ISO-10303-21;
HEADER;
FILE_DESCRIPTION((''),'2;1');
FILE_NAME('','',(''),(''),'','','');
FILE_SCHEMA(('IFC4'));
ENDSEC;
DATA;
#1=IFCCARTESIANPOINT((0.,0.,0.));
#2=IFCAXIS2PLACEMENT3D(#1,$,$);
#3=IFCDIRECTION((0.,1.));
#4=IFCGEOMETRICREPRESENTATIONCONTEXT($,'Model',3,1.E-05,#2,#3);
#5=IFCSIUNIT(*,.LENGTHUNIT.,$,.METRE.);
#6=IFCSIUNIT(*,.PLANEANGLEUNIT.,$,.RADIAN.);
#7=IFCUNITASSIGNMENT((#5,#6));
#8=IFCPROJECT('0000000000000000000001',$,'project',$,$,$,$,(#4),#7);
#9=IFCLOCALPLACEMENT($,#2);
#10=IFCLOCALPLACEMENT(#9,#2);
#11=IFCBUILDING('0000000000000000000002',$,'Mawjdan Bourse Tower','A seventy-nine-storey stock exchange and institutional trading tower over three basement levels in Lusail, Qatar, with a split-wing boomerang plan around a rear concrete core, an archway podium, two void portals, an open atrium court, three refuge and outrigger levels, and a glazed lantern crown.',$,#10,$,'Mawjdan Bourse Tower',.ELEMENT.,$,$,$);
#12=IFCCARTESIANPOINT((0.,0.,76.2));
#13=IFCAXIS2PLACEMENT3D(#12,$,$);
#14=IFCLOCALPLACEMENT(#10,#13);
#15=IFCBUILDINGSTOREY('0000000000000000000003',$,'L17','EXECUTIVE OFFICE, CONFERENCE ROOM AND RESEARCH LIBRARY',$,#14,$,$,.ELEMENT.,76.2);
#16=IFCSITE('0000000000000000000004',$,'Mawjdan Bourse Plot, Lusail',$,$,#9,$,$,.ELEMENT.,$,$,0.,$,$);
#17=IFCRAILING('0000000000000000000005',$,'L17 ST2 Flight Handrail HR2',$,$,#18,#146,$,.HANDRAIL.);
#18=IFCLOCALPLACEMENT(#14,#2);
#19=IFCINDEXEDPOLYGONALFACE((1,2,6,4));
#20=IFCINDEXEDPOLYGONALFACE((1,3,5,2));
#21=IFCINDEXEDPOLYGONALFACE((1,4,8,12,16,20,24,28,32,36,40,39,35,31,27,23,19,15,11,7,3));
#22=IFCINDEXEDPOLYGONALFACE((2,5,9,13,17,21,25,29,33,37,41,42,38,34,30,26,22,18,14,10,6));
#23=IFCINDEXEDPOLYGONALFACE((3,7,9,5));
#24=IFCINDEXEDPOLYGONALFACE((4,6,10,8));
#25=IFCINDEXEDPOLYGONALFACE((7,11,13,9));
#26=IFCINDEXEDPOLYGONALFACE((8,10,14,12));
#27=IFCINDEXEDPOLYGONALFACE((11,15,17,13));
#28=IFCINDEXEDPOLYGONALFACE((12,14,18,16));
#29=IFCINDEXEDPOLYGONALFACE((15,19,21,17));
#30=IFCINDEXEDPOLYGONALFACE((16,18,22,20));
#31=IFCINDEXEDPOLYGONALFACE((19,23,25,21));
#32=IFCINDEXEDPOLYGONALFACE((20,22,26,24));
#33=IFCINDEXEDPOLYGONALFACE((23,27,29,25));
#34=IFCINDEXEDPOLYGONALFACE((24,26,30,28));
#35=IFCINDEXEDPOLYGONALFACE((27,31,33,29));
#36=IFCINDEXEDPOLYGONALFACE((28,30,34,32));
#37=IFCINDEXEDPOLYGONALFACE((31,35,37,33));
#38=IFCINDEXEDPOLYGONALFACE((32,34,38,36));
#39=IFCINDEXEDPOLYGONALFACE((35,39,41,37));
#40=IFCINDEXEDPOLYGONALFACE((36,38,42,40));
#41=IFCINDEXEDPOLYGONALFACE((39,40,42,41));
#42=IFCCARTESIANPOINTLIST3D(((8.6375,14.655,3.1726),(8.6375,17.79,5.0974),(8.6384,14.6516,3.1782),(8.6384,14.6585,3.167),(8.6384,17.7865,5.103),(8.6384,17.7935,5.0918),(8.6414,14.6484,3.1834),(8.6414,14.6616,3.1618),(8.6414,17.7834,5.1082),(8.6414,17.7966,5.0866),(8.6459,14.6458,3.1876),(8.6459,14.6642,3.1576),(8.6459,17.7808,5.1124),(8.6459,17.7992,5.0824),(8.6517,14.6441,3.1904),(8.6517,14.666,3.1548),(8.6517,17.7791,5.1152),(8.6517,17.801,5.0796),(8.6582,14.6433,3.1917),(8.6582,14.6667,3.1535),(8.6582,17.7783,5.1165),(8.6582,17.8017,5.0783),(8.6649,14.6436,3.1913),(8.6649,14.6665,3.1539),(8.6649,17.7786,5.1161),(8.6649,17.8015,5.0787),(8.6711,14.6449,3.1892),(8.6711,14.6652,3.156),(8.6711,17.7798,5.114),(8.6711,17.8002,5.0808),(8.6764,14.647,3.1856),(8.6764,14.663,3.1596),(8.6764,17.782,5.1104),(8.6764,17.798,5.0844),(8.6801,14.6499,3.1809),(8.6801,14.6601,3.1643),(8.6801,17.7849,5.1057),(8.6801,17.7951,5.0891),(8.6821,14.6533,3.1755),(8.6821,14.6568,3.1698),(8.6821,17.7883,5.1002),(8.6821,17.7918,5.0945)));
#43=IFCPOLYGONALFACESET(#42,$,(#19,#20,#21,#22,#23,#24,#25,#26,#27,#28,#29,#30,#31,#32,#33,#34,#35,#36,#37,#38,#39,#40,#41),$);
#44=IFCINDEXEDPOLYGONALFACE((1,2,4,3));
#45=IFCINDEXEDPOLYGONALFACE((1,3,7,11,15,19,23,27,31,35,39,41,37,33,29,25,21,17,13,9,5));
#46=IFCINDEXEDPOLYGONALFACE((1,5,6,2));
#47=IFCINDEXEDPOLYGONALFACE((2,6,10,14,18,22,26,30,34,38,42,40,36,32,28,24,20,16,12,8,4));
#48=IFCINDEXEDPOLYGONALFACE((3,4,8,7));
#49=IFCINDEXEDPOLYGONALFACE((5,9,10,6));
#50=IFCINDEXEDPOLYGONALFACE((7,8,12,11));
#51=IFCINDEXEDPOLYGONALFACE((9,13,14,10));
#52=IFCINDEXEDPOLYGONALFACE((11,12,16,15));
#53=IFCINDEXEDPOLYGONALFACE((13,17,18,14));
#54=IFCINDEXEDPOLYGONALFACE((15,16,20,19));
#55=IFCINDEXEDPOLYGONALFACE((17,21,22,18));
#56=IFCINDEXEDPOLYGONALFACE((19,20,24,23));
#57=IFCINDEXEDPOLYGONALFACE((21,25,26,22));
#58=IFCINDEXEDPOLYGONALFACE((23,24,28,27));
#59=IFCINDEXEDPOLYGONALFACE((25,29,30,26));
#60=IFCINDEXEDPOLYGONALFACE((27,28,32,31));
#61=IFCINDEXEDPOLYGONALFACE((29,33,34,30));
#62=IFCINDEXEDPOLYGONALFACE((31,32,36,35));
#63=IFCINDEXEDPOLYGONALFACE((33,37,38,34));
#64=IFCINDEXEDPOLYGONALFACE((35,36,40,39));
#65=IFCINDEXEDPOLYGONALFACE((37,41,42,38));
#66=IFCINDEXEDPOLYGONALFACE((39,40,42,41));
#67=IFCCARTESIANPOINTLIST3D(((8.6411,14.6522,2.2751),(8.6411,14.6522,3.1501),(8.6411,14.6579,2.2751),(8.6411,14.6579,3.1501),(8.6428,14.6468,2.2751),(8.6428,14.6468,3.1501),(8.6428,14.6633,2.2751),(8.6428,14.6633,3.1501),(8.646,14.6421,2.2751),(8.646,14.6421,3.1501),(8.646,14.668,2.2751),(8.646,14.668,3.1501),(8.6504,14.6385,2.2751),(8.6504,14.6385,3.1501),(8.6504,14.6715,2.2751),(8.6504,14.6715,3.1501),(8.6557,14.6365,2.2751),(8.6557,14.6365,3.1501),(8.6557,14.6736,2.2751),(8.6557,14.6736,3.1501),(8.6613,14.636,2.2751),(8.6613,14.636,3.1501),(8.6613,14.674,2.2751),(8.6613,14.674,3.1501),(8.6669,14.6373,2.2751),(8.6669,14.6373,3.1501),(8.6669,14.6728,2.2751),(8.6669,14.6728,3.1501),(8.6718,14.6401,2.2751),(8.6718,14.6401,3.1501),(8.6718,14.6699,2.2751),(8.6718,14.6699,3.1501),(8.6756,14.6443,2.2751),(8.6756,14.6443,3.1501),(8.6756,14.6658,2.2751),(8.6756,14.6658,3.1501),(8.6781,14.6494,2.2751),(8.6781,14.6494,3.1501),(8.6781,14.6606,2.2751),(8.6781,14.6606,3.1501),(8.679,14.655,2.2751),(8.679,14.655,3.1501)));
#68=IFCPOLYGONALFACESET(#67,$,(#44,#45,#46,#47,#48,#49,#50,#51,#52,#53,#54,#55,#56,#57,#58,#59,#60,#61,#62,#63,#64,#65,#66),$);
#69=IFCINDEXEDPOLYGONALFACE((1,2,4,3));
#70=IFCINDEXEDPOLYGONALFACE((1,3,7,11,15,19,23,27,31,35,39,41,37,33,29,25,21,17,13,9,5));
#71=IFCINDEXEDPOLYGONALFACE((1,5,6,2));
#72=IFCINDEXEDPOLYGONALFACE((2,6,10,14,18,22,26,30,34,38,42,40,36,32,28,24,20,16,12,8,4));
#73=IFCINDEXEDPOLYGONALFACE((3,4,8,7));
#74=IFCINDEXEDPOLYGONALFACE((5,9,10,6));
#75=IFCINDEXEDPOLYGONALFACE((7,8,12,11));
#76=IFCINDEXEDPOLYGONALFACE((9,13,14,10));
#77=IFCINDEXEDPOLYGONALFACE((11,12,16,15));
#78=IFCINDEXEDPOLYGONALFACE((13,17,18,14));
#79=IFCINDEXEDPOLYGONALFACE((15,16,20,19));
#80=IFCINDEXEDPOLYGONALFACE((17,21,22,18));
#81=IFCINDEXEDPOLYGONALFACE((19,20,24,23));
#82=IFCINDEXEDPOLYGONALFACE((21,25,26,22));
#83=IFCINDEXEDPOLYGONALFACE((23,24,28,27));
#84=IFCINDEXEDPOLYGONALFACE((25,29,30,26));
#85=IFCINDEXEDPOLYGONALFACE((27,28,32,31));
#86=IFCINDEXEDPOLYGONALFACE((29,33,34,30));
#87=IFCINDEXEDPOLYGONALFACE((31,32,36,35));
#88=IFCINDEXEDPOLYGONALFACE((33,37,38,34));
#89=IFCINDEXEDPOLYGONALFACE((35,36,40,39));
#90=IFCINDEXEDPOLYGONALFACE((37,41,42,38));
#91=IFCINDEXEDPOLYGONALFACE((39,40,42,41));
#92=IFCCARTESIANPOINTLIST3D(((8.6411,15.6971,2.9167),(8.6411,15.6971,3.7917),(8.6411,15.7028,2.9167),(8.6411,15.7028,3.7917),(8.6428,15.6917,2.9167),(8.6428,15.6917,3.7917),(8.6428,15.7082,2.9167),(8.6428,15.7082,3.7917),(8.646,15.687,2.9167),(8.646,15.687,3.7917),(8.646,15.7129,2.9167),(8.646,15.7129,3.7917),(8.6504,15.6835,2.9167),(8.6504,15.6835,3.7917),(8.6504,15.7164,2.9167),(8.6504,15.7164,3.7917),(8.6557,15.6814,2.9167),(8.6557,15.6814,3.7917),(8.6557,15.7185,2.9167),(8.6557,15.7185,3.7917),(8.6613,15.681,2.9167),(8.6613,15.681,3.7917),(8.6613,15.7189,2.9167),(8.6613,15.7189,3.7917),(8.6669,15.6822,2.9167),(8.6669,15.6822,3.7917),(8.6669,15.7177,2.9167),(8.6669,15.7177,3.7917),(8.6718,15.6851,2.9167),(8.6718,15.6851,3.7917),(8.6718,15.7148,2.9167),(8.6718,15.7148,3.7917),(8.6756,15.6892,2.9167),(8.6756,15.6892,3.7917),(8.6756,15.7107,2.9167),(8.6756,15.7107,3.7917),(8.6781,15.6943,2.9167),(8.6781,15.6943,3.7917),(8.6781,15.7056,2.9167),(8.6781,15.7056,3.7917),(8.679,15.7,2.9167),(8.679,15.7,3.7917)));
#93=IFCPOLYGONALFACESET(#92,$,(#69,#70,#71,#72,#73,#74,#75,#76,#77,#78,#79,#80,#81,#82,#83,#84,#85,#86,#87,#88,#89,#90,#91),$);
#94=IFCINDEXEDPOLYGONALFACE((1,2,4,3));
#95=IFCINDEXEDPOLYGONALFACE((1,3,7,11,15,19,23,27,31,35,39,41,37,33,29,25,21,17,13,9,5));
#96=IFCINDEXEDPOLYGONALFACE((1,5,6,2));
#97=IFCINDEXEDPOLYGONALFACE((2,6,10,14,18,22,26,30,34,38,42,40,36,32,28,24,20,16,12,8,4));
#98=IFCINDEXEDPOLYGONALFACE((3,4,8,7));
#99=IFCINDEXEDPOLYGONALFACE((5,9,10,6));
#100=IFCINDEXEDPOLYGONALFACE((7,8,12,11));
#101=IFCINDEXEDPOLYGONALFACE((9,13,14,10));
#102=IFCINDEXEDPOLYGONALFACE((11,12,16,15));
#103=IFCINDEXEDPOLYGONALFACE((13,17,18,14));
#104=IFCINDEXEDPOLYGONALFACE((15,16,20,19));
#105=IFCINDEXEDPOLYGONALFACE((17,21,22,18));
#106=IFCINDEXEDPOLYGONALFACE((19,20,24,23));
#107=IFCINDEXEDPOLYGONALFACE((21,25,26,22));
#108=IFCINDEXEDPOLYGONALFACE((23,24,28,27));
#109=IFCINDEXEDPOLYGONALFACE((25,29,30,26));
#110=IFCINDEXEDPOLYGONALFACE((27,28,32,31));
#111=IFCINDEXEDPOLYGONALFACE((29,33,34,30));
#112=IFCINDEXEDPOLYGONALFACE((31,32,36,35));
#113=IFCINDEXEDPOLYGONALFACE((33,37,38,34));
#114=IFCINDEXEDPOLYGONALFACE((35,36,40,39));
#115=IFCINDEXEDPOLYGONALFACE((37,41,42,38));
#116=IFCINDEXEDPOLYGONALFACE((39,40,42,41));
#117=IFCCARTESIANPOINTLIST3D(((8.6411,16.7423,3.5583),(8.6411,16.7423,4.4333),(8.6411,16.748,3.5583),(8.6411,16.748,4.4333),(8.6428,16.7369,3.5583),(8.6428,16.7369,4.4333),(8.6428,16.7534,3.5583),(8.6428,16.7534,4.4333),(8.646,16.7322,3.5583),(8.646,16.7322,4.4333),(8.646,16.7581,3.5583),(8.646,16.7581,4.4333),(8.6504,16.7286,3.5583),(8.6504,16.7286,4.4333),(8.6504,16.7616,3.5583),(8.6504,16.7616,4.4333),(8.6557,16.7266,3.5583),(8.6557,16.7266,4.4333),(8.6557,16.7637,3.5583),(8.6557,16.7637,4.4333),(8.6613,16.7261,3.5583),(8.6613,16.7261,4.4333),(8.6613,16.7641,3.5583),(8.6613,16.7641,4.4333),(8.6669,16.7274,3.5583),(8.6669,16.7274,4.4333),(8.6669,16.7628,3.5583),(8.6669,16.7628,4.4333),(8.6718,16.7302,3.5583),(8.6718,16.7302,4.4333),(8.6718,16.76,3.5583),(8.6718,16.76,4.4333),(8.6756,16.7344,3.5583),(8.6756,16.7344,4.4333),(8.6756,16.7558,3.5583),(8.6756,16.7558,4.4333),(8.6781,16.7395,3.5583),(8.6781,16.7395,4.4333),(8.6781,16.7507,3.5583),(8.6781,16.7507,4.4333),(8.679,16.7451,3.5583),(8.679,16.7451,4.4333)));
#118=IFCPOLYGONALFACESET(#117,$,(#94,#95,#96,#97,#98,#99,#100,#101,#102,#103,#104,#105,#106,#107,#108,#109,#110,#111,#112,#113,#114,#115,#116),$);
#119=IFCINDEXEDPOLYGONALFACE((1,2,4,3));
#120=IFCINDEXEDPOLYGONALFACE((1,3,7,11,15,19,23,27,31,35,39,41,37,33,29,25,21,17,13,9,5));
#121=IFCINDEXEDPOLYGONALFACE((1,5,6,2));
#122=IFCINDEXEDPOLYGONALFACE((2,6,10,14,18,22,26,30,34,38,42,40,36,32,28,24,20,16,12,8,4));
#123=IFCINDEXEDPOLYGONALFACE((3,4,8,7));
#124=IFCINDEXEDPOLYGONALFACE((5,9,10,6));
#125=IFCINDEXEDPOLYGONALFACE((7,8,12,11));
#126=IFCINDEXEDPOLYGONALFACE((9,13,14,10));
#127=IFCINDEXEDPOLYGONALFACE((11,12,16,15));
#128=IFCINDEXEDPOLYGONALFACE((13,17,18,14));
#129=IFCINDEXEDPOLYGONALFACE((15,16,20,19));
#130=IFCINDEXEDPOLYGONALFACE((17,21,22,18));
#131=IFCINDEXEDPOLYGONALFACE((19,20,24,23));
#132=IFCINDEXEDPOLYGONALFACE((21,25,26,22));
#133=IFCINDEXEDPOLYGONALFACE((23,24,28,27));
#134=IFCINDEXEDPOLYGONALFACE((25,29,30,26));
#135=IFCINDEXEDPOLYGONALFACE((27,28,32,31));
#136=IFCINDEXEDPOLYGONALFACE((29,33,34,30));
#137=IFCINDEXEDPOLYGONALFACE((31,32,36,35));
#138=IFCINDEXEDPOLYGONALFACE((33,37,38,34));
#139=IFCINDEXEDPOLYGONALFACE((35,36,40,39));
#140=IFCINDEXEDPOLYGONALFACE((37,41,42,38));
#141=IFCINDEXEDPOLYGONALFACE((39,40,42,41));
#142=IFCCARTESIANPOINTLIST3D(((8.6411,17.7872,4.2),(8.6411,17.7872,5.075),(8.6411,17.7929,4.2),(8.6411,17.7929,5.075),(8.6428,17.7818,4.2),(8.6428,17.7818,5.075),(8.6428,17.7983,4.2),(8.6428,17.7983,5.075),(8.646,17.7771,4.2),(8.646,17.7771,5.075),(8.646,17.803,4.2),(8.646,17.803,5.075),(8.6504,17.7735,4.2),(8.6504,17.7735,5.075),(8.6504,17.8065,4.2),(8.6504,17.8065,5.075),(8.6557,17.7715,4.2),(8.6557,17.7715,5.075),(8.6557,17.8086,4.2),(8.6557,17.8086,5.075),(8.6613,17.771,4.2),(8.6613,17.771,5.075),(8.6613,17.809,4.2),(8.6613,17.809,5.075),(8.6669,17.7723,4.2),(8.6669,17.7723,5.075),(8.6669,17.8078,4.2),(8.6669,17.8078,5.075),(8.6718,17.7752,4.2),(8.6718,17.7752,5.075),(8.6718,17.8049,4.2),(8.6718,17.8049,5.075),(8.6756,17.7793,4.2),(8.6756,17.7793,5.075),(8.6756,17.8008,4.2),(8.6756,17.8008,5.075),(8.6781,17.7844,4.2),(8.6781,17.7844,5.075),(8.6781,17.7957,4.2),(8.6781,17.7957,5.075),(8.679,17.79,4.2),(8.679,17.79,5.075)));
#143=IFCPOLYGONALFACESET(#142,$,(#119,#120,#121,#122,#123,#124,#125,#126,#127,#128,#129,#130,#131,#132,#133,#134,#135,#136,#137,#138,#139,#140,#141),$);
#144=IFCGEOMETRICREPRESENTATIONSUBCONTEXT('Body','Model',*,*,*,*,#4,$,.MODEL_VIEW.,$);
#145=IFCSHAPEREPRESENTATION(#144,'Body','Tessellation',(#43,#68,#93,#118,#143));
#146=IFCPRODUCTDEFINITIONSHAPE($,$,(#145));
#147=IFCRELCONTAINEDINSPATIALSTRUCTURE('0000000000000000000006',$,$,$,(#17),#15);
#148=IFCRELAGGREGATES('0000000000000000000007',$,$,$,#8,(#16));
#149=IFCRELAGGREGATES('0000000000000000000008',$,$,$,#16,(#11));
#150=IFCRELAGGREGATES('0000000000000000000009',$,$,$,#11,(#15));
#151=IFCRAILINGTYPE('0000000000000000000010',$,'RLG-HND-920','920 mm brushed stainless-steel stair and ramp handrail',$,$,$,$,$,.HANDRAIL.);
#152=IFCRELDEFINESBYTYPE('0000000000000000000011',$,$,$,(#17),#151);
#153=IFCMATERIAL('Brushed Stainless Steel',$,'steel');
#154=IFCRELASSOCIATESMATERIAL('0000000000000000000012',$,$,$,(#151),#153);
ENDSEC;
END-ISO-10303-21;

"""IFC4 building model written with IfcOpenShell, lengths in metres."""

from ifc_helpers import new_model, si_unit, direction, frame, origin, origin_2d, place, context, subcontext, project, spatial, circle, extrude, material, type_object, element, save


model = new_model("IFC4")

# Units and contexts
model_context = context("Model", 3, precision=1e-05, world=origin(), true_north=direction((0.0, 1.0)))
body_context = subcontext(model_context, "Body", "Model", "MODEL_VIEW")
ifc_project = project(units=[si_unit("LENGTHUNIT", "METRE"), si_unit("PLANEANGLEUNIT", "RADIAN")], contexts=[model_context])

# Site, building, storey
site_placement = place(None, origin())
site = spatial("IfcSite", under=ifc_project, at=site_placement, Name="Mawjdan Bourse Plot, Lusail", CompositionType="ELEMENT", RefElevation=0.0)
building_placement = place(site_placement, origin())
building = spatial("IfcBuilding", under=site, at=building_placement, Name="Mawjdan Bourse Tower", Description="A seventy-nine-storey stock exchange and institutional trading tower over three basement levels in Lusail, Qatar, with a split-wing boomerang plan around a rear concrete core, an archway podium, two void portals, an open atrium court, three refuge and outrigger levels, and a glazed lantern crown.", LongName="Mawjdan Bourse Tower", CompositionType="ELEMENT")
storey_placement = place(building_placement, frame((0.0, 0.0, 76.2)))
storey = spatial("IfcBuildingStorey", under=building, at=storey_placement, Name="L17", Description="EXECUTIVE OFFICE, CONFERENCE ROOM AND RESEARCH LIBRARY", CompositionType="ELEMENT", Elevation=76.2)

# Railing
ifc_material_1 = material(Name="Brushed Stainless Steel", Category="steel")
railing_type_1 = type_object("IfcRailingType", Name="RLG-HND-920", Description="920 mm brushed stainless-steel stair and ramp handrail", PredefinedType="HANDRAIL", material=ifc_material_1)
railing_1_placement = place(storey_placement, frame((8.6599, 14.655, 2.2751)))
element("IfcRailing", 1, at=railing_1_placement, inside=storey, type_object=railing_type_1, Name="L17 ST2 Flight Handrail HR2", PredefinedType="HANDRAIL", context=body_context, shape_type="SweptSolid", body=[
    extrude(circle(Radius=0.0225, at=origin_2d()), frame((0.0, 0.0, 0.8975), z_axis=(0.0, 0.852196, 0.523223), x_axis=(-1.0, 0.0, 0.0)), (0.0, 0.0, 1.0), 3.6787),
    extrude(circle(Radius=0.019, at=origin_2d()), origin(), (0.0, 0.0, 1.0), 0.875),
    extrude(circle(Radius=0.019, at=origin_2d()), frame((0.0, 1.0449, 0.6416)), (0.0, 0.0, 1.0), 0.875),
    extrude(circle(Radius=0.019, at=origin_2d()), frame((0.0, 2.0901, 1.2832)), (0.0, 0.0, 1.0), 0.875),
    extrude(circle(Radius=0.019, at=origin_2d()), frame((0.0, 3.135, 1.9248)), (0.0, 0.0, 1.0), 0.875),
])

save(model, "model.ifc")
